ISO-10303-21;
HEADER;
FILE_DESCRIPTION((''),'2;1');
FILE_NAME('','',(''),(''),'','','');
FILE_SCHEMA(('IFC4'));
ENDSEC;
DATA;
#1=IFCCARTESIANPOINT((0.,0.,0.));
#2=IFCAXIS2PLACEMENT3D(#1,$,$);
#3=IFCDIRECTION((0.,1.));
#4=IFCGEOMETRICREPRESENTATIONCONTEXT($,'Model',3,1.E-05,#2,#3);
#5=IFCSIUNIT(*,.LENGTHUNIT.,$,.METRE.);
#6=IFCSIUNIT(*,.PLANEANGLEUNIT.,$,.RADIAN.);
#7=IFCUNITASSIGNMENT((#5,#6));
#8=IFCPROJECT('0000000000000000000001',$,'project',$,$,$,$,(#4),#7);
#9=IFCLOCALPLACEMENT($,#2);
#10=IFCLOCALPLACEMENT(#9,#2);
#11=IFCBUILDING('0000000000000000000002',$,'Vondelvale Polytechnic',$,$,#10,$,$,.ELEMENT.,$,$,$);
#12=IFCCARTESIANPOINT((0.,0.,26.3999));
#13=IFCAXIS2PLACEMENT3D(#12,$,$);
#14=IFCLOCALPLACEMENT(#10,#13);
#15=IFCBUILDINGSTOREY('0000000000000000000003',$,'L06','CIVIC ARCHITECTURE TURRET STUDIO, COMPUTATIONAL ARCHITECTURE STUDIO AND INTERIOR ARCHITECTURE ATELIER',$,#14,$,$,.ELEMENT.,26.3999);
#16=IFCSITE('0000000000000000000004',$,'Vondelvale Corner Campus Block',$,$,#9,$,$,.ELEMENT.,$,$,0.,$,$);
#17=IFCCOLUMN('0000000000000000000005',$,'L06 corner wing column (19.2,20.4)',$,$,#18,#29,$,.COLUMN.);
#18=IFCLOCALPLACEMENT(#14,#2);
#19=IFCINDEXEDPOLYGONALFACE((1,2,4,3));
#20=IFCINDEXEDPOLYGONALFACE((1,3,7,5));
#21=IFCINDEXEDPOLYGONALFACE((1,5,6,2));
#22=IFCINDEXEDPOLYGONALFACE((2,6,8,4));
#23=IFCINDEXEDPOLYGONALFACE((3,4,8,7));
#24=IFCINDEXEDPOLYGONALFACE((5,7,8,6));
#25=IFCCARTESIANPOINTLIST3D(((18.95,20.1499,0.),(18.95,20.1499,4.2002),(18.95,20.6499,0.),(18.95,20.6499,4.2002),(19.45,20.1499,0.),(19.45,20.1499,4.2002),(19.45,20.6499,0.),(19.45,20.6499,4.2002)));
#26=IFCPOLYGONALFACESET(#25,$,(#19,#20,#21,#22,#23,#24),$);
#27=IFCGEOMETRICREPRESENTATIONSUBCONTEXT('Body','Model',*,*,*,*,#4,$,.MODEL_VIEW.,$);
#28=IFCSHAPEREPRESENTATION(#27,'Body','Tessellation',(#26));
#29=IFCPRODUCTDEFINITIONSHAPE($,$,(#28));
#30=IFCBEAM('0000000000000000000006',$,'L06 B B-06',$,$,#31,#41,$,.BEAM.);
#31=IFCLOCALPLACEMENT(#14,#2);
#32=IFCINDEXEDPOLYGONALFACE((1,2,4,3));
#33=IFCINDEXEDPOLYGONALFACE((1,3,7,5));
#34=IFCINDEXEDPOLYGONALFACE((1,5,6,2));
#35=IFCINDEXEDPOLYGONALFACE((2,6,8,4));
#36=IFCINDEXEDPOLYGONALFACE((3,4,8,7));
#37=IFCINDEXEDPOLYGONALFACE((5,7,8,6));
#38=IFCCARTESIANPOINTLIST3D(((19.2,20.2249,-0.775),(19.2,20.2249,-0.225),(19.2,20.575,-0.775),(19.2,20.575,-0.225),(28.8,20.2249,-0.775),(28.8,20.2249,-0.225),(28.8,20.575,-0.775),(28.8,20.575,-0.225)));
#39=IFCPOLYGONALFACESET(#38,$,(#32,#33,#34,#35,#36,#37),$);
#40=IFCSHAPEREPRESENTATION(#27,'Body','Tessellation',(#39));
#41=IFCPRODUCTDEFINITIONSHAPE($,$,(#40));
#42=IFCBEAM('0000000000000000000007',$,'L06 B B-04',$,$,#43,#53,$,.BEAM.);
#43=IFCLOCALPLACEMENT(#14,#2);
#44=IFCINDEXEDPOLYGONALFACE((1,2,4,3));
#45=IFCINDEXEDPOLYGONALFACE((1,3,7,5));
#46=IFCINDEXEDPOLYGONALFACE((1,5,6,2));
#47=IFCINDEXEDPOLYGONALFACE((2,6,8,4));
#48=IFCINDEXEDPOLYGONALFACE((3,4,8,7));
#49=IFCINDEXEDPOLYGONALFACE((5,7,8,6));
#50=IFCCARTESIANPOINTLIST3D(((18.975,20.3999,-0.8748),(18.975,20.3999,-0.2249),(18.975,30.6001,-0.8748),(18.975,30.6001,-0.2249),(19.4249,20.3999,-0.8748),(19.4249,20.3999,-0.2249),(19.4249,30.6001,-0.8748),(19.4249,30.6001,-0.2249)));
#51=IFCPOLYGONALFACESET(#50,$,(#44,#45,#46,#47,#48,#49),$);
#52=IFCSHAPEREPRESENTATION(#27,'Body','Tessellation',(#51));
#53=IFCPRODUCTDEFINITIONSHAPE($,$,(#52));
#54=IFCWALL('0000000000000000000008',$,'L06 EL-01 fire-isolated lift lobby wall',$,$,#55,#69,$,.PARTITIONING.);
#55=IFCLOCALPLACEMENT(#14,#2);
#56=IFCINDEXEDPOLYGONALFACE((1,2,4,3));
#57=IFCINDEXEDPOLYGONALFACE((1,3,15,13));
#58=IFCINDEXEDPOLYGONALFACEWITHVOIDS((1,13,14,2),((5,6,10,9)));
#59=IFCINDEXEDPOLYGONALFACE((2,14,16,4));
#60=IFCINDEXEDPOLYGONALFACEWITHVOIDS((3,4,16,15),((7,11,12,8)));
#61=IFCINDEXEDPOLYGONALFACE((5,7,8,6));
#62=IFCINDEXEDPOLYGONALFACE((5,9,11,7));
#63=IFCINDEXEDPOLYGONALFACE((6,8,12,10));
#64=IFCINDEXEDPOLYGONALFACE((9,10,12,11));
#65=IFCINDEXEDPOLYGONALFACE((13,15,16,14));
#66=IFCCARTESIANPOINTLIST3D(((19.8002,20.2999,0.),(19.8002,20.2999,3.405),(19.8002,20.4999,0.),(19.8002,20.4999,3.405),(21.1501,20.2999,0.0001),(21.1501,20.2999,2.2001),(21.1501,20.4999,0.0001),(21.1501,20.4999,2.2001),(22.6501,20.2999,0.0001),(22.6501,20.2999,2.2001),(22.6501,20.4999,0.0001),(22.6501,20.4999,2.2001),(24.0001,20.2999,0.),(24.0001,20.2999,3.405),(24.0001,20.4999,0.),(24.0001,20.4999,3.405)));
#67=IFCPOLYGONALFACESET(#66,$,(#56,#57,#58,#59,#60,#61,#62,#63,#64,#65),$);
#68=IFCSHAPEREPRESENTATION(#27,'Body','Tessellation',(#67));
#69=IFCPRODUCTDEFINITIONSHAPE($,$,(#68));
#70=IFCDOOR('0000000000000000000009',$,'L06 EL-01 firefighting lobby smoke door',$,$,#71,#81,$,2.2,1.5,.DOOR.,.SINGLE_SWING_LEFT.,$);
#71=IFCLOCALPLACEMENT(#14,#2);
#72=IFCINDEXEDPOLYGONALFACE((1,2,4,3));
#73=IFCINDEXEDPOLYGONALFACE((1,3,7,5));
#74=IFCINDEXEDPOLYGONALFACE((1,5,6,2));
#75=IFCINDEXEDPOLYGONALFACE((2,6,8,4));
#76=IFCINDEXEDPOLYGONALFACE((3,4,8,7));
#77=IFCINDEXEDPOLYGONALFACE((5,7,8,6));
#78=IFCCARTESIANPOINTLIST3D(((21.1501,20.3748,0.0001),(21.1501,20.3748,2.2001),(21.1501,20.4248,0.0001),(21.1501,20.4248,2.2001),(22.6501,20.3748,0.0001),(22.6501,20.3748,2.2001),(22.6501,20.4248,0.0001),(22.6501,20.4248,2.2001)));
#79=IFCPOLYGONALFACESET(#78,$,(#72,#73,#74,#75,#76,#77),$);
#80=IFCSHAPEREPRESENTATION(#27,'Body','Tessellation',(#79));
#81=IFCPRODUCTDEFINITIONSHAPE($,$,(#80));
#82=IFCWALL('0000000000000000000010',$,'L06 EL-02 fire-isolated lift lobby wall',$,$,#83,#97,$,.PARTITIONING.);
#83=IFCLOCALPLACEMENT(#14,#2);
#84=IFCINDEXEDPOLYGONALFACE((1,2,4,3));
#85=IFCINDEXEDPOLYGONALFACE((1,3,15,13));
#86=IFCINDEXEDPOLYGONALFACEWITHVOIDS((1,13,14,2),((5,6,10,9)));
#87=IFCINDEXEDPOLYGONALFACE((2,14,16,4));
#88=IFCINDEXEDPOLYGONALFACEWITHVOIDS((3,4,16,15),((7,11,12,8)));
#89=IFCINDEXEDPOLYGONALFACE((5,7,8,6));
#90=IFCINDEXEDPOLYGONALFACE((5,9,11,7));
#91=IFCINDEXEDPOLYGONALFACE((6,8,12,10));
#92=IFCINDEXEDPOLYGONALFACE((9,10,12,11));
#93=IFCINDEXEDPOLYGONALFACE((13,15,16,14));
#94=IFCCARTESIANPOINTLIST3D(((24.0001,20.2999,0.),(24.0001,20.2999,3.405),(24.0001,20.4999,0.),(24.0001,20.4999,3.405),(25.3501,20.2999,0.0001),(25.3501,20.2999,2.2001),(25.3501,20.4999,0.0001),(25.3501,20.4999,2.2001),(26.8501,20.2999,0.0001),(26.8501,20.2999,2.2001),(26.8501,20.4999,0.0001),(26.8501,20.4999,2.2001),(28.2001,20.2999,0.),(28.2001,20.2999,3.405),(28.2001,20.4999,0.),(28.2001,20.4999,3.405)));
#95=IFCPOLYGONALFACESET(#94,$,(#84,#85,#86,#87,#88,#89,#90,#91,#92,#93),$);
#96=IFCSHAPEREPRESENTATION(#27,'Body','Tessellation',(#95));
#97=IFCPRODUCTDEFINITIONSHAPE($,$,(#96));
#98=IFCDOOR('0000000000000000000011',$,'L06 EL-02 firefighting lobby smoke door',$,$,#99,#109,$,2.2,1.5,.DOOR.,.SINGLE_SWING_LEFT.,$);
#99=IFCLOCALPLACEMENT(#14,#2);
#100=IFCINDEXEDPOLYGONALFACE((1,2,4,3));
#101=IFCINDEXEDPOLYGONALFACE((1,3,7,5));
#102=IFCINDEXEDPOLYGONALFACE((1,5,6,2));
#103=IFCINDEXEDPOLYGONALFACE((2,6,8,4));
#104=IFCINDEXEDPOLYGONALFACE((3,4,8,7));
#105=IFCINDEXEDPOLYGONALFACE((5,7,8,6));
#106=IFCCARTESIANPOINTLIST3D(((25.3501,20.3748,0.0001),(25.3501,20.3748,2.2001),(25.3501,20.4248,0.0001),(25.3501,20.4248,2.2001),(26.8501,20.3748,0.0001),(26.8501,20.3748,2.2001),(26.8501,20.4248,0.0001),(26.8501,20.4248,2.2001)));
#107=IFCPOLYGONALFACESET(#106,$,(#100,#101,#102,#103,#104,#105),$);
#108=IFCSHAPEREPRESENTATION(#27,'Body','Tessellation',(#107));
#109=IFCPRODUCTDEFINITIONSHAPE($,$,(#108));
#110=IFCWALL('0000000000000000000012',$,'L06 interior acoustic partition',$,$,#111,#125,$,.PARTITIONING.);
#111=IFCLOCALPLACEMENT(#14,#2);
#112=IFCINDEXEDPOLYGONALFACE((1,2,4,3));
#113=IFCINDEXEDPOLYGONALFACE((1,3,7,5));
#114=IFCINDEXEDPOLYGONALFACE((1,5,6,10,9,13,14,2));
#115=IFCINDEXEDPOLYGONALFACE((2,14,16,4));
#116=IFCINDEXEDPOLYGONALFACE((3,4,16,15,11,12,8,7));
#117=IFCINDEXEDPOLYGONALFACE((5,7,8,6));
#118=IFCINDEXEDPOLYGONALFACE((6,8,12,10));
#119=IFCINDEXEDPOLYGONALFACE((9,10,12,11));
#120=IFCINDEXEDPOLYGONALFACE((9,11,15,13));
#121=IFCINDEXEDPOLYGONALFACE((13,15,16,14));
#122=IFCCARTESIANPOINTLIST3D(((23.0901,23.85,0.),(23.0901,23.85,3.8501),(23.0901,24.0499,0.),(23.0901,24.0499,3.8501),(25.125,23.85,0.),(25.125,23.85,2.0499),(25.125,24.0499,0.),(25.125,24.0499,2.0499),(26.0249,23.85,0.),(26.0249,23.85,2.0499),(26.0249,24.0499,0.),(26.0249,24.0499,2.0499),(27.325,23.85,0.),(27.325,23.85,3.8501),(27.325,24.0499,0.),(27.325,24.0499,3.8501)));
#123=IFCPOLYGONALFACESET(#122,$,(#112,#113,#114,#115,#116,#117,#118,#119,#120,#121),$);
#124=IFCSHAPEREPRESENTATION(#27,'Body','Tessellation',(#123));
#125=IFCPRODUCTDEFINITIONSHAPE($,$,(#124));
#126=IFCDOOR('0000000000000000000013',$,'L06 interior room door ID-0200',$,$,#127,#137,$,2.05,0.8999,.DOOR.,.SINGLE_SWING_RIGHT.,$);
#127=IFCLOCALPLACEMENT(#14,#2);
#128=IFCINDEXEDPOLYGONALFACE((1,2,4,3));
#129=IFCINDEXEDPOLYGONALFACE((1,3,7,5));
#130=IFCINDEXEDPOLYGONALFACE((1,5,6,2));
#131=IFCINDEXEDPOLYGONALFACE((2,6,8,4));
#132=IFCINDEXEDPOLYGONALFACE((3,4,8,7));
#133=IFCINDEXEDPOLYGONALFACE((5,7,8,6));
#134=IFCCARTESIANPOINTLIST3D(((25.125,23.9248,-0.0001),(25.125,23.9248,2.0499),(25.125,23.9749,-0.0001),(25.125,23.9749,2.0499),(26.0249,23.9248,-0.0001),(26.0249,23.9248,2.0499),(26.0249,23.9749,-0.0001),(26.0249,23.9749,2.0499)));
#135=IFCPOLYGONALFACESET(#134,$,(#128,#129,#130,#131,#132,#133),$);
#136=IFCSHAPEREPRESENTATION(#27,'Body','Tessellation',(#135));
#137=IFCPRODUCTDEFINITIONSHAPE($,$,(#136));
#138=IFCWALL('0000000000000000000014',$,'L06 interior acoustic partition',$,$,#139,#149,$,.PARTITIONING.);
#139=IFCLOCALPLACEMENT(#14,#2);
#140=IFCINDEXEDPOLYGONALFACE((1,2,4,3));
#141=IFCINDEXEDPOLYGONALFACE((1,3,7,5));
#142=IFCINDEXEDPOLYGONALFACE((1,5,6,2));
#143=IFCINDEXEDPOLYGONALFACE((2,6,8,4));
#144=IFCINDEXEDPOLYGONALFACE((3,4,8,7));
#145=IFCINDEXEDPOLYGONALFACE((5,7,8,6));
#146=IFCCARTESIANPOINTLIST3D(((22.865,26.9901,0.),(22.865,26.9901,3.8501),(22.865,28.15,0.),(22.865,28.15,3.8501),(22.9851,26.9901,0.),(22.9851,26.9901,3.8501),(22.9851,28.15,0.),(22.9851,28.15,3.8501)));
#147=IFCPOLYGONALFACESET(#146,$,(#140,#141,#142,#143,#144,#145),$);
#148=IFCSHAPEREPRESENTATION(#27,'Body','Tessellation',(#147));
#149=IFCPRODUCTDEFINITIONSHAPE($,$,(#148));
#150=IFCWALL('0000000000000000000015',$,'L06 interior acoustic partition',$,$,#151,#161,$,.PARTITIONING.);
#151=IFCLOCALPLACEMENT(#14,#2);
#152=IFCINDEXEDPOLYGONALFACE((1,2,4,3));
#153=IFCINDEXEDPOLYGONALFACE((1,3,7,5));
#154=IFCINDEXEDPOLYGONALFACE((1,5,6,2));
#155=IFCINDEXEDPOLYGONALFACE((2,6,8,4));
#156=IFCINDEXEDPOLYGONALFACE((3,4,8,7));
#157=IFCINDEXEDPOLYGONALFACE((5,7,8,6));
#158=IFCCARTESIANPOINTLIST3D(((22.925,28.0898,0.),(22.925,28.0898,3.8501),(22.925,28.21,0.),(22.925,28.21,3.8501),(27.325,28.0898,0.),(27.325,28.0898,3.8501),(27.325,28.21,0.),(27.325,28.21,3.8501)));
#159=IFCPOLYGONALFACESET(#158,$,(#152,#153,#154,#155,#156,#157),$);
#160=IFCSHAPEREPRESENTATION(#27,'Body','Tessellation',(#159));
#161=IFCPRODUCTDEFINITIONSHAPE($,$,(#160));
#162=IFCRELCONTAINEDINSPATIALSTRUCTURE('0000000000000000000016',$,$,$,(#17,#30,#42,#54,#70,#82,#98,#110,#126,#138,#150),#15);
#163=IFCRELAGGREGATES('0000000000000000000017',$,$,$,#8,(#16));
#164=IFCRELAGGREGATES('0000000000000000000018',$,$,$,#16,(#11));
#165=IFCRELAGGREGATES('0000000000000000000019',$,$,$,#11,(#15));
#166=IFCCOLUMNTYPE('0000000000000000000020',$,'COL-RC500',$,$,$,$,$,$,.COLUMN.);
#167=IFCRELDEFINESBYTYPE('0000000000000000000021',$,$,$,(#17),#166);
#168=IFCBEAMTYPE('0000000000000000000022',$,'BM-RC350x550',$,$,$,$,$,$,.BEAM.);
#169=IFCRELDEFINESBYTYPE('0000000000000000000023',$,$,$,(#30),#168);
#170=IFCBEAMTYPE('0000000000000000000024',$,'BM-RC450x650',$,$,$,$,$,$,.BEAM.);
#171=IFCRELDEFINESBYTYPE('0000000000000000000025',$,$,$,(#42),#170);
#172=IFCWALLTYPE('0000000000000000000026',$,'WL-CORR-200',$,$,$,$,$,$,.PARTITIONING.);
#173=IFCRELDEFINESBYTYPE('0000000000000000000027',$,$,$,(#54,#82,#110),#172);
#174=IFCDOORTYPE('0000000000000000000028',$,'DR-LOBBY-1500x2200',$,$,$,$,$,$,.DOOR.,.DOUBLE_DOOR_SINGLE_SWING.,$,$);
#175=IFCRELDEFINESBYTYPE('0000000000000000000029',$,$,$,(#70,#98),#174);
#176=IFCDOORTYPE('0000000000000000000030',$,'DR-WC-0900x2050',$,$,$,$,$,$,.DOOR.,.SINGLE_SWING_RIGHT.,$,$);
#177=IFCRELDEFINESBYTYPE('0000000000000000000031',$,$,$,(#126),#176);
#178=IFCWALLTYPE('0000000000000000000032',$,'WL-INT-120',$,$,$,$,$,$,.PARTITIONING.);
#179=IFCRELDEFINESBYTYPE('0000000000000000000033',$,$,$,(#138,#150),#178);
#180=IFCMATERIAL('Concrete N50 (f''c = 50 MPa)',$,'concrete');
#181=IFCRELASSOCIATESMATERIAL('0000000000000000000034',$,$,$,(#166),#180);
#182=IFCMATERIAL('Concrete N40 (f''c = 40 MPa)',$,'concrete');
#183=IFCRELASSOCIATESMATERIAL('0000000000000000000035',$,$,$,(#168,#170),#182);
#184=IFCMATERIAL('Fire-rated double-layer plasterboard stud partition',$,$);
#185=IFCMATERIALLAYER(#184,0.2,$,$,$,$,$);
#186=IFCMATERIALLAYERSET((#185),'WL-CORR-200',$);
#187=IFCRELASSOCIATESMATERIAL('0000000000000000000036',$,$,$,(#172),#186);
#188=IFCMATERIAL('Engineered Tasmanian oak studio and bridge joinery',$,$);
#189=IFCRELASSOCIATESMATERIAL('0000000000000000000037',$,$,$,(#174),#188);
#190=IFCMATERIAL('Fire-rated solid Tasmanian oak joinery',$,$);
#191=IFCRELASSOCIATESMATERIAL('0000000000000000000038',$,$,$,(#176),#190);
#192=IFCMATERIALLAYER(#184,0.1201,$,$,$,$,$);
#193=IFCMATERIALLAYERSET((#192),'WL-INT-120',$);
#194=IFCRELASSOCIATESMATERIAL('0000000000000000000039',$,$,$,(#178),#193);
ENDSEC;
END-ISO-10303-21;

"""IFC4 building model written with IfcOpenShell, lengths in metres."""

from ifc_helpers import new_model, si_unit, direction, frame, frame_2d, origin, origin_2d, place, context, subcontext, project, spatial, rectangle, extrude, material, layer, layer_set, material_profile, profile_set, type_object, element, fill, save


model = new_model("IFC4")

# Units and contexts
model_context = context("Model", 3, precision=1e-05, world=origin(), true_north=direction((0.0, 1.0)))
body_context = subcontext(model_context, "Body", "Model", "MODEL_VIEW")
ifc_project = project(units=[si_unit("LENGTHUNIT", "METRE"), si_unit("PLANEANGLEUNIT", "RADIAN")], contexts=[model_context])

# Site, building, storey
site_placement = place(None, origin())
site = spatial("IfcSite", under=ifc_project, at=site_placement, Name="Vondelvale Corner Campus Block", CompositionType="ELEMENT", RefElevation=0.0)
building_placement = place(site_placement, origin())
building = spatial("IfcBuilding", under=site, at=building_placement, Name="Vondelvale Polytechnic", CompositionType="ELEMENT")
storey_placement = place(building_placement, frame((0.0, 0.0, 26.3999)))
storey = spatial("IfcBuildingStorey", under=building, at=storey_placement, Name="L06", Description="CIVIC ARCHITECTURE TURRET STUDIO, COMPUTATIONAL ARCHITECTURE STUDIO AND INTERIOR ARCHITECTURE ATELIER", CompositionType="ELEMENT", Elevation=26.3999)

# Column
ifc_material_1 = material(Name="Concrete N50 (f'c = 50 MPa)", Category="concrete")
ifc_material_profile_1 = material_profile(ifc_material_1, rectangle(XDim=0.5, YDim=0.5, at=origin_2d()), Name="RC-COL-500x500")
ifc_profile_set_1 = profile_set([ifc_material_profile_1], Name="Concrete N50 (f'c = 50 MPa)")
column_type = type_object("IfcColumnType", Name="COL-RC500", PredefinedType="COLUMN", material=ifc_profile_set_1)
column_placement = place(storey_placement, frame((19.2, 20.3999, 0.0), z_axis=(0.0, 0.0, 1.0), x_axis=(1.0, 0.0, 0.0)))
element("IfcColumn", 1, at=column_placement, inside=storey, type_object=column_type, Name="L06 corner wing column (19.2,20.4)", PredefinedType="COLUMN", context=body_context, shape_type="SweptSolid", body=[
    extrude(rectangle(XDim=0.5, YDim=0.5, at=origin_2d()), origin(), (0.0, 0.0, 1.0), 4.2002),
])

# Beams
ifc_material_2 = material(Name="Concrete N40 (f'c = 40 MPa)", Category="concrete")
ifc_material_profile_2 = material_profile(ifc_material_2, rectangle(XDim=0.3501, YDim=0.55, at=origin_2d()), Name="RC-BM-350x550")
ifc_profile_set_2 = profile_set([ifc_material_profile_2], Name="Concrete N40 (f'c = 40 MPa)")
beam_type_1 = type_object("IfcBeamType", Name="BM-RC350x550", PredefinedType="BEAM", material=ifc_profile_set_2)
beam_1_placement = place(storey_placement, frame((19.2, 20.3999, -0.5), z_axis=(1.0, 0.0, 0.0), x_axis=(0.0, 1.0, 0.0)))
element("IfcBeam", 2, at=beam_1_placement, inside=storey, type_object=beam_type_1, Name="L06 B B-06", PredefinedType="BEAM", context=body_context, shape_type="SweptSolid", body=[
    extrude(rectangle(XDim=0.3501, YDim=0.55, at=origin_2d()), origin(), (0.0, 0.0, 1.0), 9.6001),
])
ifc_material_profile_3 = material_profile(ifc_material_2, rectangle(XDim=0.45, YDim=0.6499, at=origin_2d()), Name="RC-BM-450x650")
ifc_profile_set_3 = profile_set([ifc_material_profile_3], Name="Concrete N40 (f'c = 40 MPa)")
beam_type_2 = type_object("IfcBeamType", Name="BM-RC450x650", PredefinedType="BEAM", material=ifc_profile_set_3)
beam_2_placement = place(storey_placement, frame((19.2, 20.3999, -0.5498), z_axis=(0.0, 1.0, 0.0), x_axis=(-1.0, 0.0, 0.0)))
element("IfcBeam", 3, at=beam_2_placement, inside=storey, type_object=beam_type_2, Name="L06 B B-04", PredefinedType="BEAM", context=body_context, shape_type="SweptSolid", body=[
    extrude(rectangle(XDim=0.45, YDim=0.6499, at=origin_2d()), origin(), (0.0, 0.0, 1.0), 10.2002),
])

# Walls, openings, doors
ifc_material_3 = material(Name="Fire-rated double-layer plasterboard stud partition")
ifc_layer_1 = layer(ifc_material_3, 0.2)
ifc_layer_set_1 = layer_set([ifc_layer_1], Name="WL-CORR-200")
wall_type_1 = type_object("IfcWallType", Name="WL-CORR-200", PredefinedType="PARTITIONING", material=ifc_layer_set_1)
wall_1_placement = place(storey_placement, frame((19.8, 20.3999, 0.0), z_axis=(0.0, 0.0, 1.0), x_axis=(1.0, 0.0, 0.0)))
wall_1 = element("IfcWall", 4, at=wall_1_placement, inside=storey, type_object=wall_type_1, Name="L06 EL-01 fire-isolated lift lobby wall", PredefinedType="PARTITIONING", context=body_context, shape_type="SweptSolid", body=[
    extrude(rectangle(XDim=4.2, YDim=0.2, at=frame_2d((2.1001, 0.0))), origin(), (0.0, 0.0, 1.0), 3.405),
])
opening_1_placement = place(wall_1_placement, frame((1.3501, 0.0, 0.0)))
opening_1 = element("IfcOpeningElement", 5, at=opening_1_placement, cuts=wall_1, PredefinedType="OPENING", context=body_context, shape_type="SweptSolid", body=[
    extrude(rectangle(XDim=1.5, YDim=2.2, at=frame_2d((0.75, 1.1001))), frame((0.0, 0.1099, 0.0), z_axis=(0.0, -1.0, 0.0), x_axis=(1.0, 0.0, 0.0)), (0.0, 0.0, 1.0), 0.22),
])
ifc_material_4 = material(Name="Engineered Tasmanian oak studio and bridge joinery")
door_type_1 = type_object("IfcDoorType", Name="DR-LOBBY-1500x2200", OperationType="DOUBLE_DOOR_SINGLE_SWING", PredefinedType="DOOR", material=ifc_material_4)
door_1_placement = place(opening_1_placement, origin())
door_1 = element("IfcDoor", 6, at=door_1_placement, inside=storey, type_object=door_type_1, Name="L06 EL-01 firefighting lobby smoke door", OperationType="SINGLE_SWING_LEFT", OverallHeight=2.2, OverallWidth=1.5, PredefinedType="DOOR", context=body_context, shape_type="SweptSolid", body=[
    extrude(rectangle(XDim=1.5, YDim=2.2, at=frame_2d((0.75, 1.1001))), frame((0.0, 0.0249, 0.0), z_axis=(0.0, -1.0, 0.0), x_axis=(1.0, 0.0, 0.0)), (0.0, 0.0, 1.0), 0.05),
])
fill(opening_1, door_1)
wall_2_placement = place(storey_placement, frame((24.0, 20.3999, 0.0), z_axis=(0.0, 0.0, 1.0), x_axis=(1.0, 0.0, 0.0)))
wall_2 = element("IfcWall", 7, at=wall_2_placement, inside=storey, type_object=wall_type_1, Name="L06 EL-02 fire-isolated lift lobby wall", PredefinedType="PARTITIONING", context=body_context, shape_type="SweptSolid", body=[
    extrude(rectangle(XDim=4.2, YDim=0.2, at=frame_2d((2.1001, 0.0))), origin(), (0.0, 0.0, 1.0), 3.405),
])
opening_2_placement = place(wall_2_placement, frame((1.3501, 0.0, 0.0)))
opening_2 = element("IfcOpeningElement", 8, at=opening_2_placement, cuts=wall_2, PredefinedType="OPENING", context=body_context, shape_type="SweptSolid", body=[
    extrude(rectangle(XDim=1.5, YDim=2.2, at=frame_2d((0.75, 1.1001))), frame((0.0, 0.1099, 0.0), z_axis=(0.0, -1.0, 0.0), x_axis=(1.0, 0.0, 0.0)), (0.0, 0.0, 1.0), 0.22),
])
door_2_placement = place(opening_2_placement, origin())
door_2 = element("IfcDoor", 9, at=door_2_placement, inside=storey, type_object=door_type_1, Name="L06 EL-02 firefighting lobby smoke door", OperationType="SINGLE_SWING_LEFT", OverallHeight=2.2, OverallWidth=1.5, PredefinedType="DOOR", context=body_context, shape_type="SweptSolid", body=[
    extrude(rectangle(XDim=1.5, YDim=2.2, at=frame_2d((0.75, 1.1001))), frame((0.0, 0.0249, 0.0), z_axis=(0.0, -1.0, 0.0), x_axis=(1.0, 0.0, 0.0)), (0.0, 0.0, 1.0), 0.05),
])
fill(opening_2, door_2)
ifc_material_5 = material(Name="Fire-rated solid Tasmanian oak joinery")
wall_3_placement = place(storey_placement, frame((23.0901, 23.95, 0.0), z_axis=(0.0, 0.0, 1.0), x_axis=(1.0, 0.0, 0.0)))
wall_3 = element("IfcWall", 10, at=wall_3_placement, inside=storey, type_object=wall_type_1, Name="L06 interior acoustic partition", PredefinedType="PARTITIONING", context=body_context, shape_type="SweptSolid", body=[
    extrude(rectangle(XDim=4.2349, YDim=0.2, at=frame_2d((2.1174, 0.0))), origin(), (0.0, 0.0, 1.0), 3.8501),
])
opening_3_placement = place(wall_3_placement, frame((2.0349, 0.0, 0.0)))
opening_3 = element("IfcOpeningElement", 11, at=opening_3_placement, cuts=wall_3, PredefinedType="OPENING", context=body_context, shape_type="SweptSolid", body=[
    extrude(rectangle(XDim=0.8999, YDim=2.05, at=frame_2d((0.45, 1.0249))), frame((0.0, 0.1099, 0.0), z_axis=(0.0, -1.0, 0.0), x_axis=(1.0, 0.0, 0.0)), (0.0, 0.0, 1.0), 0.22),
])
door_type_2 = type_object("IfcDoorType", Name="DR-WC-0900x2050", OperationType="SINGLE_SWING_RIGHT", PredefinedType="DOOR", material=ifc_material_5)
door_3_placement = place(opening_3_placement, origin())
door_3 = element("IfcDoor", 12, at=door_3_placement, inside=storey, type_object=door_type_2, Name="L06 interior room door ID-0200", OperationType="SINGLE_SWING_RIGHT", OverallHeight=2.05, OverallWidth=0.8999, PredefinedType="DOOR", context=body_context, shape_type="SweptSolid", body=[
    extrude(rectangle(XDim=0.8999, YDim=2.05, at=frame_2d((0.45, 1.0249))), frame((0.0, 0.0249, 0.0), z_axis=(0.0, -1.0, 0.0), x_axis=(1.0, 0.0, 0.0)), (0.0, 0.0, 1.0), 0.05),
])
fill(opening_3, door_3)

# Walls
ifc_layer_2 = layer(ifc_material_3, 0.1201)
ifc_layer_set_2 = layer_set([ifc_layer_2], Name="WL-INT-120")
wall_type_2 = type_object("IfcWallType", Name="WL-INT-120", PredefinedType="PARTITIONING", material=ifc_layer_set_2)
wall_4_placement = place(storey_placement, frame((22.925, 26.99, 0.0), z_axis=(0.0, 0.0, 1.0), x_axis=(0.0, 1.0, 0.0)))
element("IfcWall", 13, at=wall_4_placement, inside=storey, type_object=wall_type_2, Name="L06 interior acoustic partition", PredefinedType="PARTITIONING", context=body_context, shape_type="SweptSolid", body=[
    extrude(rectangle(XDim=1.1599, YDim=0.1201, at=frame_2d((0.5801, 0.0))), origin(), (0.0, 0.0, 1.0), 3.8501),
])
wall_5_placement = place(storey_placement, frame((22.925, 28.1499, 0.0), z_axis=(0.0, 0.0, 1.0), x_axis=(1.0, 0.0, 0.0)))
element("IfcWall", 14, at=wall_5_placement, inside=storey, type_object=wall_type_2, Name="L06 interior acoustic partition", PredefinedType="PARTITIONING", context=body_context, shape_type="SweptSolid", body=[
    extrude(rectangle(XDim=4.3999, YDim=0.1201, at=frame_2d((2.2, 0.0))), origin(), (0.0, 0.0, 1.0), 3.8501),
])

save(model, "model.ifc")
